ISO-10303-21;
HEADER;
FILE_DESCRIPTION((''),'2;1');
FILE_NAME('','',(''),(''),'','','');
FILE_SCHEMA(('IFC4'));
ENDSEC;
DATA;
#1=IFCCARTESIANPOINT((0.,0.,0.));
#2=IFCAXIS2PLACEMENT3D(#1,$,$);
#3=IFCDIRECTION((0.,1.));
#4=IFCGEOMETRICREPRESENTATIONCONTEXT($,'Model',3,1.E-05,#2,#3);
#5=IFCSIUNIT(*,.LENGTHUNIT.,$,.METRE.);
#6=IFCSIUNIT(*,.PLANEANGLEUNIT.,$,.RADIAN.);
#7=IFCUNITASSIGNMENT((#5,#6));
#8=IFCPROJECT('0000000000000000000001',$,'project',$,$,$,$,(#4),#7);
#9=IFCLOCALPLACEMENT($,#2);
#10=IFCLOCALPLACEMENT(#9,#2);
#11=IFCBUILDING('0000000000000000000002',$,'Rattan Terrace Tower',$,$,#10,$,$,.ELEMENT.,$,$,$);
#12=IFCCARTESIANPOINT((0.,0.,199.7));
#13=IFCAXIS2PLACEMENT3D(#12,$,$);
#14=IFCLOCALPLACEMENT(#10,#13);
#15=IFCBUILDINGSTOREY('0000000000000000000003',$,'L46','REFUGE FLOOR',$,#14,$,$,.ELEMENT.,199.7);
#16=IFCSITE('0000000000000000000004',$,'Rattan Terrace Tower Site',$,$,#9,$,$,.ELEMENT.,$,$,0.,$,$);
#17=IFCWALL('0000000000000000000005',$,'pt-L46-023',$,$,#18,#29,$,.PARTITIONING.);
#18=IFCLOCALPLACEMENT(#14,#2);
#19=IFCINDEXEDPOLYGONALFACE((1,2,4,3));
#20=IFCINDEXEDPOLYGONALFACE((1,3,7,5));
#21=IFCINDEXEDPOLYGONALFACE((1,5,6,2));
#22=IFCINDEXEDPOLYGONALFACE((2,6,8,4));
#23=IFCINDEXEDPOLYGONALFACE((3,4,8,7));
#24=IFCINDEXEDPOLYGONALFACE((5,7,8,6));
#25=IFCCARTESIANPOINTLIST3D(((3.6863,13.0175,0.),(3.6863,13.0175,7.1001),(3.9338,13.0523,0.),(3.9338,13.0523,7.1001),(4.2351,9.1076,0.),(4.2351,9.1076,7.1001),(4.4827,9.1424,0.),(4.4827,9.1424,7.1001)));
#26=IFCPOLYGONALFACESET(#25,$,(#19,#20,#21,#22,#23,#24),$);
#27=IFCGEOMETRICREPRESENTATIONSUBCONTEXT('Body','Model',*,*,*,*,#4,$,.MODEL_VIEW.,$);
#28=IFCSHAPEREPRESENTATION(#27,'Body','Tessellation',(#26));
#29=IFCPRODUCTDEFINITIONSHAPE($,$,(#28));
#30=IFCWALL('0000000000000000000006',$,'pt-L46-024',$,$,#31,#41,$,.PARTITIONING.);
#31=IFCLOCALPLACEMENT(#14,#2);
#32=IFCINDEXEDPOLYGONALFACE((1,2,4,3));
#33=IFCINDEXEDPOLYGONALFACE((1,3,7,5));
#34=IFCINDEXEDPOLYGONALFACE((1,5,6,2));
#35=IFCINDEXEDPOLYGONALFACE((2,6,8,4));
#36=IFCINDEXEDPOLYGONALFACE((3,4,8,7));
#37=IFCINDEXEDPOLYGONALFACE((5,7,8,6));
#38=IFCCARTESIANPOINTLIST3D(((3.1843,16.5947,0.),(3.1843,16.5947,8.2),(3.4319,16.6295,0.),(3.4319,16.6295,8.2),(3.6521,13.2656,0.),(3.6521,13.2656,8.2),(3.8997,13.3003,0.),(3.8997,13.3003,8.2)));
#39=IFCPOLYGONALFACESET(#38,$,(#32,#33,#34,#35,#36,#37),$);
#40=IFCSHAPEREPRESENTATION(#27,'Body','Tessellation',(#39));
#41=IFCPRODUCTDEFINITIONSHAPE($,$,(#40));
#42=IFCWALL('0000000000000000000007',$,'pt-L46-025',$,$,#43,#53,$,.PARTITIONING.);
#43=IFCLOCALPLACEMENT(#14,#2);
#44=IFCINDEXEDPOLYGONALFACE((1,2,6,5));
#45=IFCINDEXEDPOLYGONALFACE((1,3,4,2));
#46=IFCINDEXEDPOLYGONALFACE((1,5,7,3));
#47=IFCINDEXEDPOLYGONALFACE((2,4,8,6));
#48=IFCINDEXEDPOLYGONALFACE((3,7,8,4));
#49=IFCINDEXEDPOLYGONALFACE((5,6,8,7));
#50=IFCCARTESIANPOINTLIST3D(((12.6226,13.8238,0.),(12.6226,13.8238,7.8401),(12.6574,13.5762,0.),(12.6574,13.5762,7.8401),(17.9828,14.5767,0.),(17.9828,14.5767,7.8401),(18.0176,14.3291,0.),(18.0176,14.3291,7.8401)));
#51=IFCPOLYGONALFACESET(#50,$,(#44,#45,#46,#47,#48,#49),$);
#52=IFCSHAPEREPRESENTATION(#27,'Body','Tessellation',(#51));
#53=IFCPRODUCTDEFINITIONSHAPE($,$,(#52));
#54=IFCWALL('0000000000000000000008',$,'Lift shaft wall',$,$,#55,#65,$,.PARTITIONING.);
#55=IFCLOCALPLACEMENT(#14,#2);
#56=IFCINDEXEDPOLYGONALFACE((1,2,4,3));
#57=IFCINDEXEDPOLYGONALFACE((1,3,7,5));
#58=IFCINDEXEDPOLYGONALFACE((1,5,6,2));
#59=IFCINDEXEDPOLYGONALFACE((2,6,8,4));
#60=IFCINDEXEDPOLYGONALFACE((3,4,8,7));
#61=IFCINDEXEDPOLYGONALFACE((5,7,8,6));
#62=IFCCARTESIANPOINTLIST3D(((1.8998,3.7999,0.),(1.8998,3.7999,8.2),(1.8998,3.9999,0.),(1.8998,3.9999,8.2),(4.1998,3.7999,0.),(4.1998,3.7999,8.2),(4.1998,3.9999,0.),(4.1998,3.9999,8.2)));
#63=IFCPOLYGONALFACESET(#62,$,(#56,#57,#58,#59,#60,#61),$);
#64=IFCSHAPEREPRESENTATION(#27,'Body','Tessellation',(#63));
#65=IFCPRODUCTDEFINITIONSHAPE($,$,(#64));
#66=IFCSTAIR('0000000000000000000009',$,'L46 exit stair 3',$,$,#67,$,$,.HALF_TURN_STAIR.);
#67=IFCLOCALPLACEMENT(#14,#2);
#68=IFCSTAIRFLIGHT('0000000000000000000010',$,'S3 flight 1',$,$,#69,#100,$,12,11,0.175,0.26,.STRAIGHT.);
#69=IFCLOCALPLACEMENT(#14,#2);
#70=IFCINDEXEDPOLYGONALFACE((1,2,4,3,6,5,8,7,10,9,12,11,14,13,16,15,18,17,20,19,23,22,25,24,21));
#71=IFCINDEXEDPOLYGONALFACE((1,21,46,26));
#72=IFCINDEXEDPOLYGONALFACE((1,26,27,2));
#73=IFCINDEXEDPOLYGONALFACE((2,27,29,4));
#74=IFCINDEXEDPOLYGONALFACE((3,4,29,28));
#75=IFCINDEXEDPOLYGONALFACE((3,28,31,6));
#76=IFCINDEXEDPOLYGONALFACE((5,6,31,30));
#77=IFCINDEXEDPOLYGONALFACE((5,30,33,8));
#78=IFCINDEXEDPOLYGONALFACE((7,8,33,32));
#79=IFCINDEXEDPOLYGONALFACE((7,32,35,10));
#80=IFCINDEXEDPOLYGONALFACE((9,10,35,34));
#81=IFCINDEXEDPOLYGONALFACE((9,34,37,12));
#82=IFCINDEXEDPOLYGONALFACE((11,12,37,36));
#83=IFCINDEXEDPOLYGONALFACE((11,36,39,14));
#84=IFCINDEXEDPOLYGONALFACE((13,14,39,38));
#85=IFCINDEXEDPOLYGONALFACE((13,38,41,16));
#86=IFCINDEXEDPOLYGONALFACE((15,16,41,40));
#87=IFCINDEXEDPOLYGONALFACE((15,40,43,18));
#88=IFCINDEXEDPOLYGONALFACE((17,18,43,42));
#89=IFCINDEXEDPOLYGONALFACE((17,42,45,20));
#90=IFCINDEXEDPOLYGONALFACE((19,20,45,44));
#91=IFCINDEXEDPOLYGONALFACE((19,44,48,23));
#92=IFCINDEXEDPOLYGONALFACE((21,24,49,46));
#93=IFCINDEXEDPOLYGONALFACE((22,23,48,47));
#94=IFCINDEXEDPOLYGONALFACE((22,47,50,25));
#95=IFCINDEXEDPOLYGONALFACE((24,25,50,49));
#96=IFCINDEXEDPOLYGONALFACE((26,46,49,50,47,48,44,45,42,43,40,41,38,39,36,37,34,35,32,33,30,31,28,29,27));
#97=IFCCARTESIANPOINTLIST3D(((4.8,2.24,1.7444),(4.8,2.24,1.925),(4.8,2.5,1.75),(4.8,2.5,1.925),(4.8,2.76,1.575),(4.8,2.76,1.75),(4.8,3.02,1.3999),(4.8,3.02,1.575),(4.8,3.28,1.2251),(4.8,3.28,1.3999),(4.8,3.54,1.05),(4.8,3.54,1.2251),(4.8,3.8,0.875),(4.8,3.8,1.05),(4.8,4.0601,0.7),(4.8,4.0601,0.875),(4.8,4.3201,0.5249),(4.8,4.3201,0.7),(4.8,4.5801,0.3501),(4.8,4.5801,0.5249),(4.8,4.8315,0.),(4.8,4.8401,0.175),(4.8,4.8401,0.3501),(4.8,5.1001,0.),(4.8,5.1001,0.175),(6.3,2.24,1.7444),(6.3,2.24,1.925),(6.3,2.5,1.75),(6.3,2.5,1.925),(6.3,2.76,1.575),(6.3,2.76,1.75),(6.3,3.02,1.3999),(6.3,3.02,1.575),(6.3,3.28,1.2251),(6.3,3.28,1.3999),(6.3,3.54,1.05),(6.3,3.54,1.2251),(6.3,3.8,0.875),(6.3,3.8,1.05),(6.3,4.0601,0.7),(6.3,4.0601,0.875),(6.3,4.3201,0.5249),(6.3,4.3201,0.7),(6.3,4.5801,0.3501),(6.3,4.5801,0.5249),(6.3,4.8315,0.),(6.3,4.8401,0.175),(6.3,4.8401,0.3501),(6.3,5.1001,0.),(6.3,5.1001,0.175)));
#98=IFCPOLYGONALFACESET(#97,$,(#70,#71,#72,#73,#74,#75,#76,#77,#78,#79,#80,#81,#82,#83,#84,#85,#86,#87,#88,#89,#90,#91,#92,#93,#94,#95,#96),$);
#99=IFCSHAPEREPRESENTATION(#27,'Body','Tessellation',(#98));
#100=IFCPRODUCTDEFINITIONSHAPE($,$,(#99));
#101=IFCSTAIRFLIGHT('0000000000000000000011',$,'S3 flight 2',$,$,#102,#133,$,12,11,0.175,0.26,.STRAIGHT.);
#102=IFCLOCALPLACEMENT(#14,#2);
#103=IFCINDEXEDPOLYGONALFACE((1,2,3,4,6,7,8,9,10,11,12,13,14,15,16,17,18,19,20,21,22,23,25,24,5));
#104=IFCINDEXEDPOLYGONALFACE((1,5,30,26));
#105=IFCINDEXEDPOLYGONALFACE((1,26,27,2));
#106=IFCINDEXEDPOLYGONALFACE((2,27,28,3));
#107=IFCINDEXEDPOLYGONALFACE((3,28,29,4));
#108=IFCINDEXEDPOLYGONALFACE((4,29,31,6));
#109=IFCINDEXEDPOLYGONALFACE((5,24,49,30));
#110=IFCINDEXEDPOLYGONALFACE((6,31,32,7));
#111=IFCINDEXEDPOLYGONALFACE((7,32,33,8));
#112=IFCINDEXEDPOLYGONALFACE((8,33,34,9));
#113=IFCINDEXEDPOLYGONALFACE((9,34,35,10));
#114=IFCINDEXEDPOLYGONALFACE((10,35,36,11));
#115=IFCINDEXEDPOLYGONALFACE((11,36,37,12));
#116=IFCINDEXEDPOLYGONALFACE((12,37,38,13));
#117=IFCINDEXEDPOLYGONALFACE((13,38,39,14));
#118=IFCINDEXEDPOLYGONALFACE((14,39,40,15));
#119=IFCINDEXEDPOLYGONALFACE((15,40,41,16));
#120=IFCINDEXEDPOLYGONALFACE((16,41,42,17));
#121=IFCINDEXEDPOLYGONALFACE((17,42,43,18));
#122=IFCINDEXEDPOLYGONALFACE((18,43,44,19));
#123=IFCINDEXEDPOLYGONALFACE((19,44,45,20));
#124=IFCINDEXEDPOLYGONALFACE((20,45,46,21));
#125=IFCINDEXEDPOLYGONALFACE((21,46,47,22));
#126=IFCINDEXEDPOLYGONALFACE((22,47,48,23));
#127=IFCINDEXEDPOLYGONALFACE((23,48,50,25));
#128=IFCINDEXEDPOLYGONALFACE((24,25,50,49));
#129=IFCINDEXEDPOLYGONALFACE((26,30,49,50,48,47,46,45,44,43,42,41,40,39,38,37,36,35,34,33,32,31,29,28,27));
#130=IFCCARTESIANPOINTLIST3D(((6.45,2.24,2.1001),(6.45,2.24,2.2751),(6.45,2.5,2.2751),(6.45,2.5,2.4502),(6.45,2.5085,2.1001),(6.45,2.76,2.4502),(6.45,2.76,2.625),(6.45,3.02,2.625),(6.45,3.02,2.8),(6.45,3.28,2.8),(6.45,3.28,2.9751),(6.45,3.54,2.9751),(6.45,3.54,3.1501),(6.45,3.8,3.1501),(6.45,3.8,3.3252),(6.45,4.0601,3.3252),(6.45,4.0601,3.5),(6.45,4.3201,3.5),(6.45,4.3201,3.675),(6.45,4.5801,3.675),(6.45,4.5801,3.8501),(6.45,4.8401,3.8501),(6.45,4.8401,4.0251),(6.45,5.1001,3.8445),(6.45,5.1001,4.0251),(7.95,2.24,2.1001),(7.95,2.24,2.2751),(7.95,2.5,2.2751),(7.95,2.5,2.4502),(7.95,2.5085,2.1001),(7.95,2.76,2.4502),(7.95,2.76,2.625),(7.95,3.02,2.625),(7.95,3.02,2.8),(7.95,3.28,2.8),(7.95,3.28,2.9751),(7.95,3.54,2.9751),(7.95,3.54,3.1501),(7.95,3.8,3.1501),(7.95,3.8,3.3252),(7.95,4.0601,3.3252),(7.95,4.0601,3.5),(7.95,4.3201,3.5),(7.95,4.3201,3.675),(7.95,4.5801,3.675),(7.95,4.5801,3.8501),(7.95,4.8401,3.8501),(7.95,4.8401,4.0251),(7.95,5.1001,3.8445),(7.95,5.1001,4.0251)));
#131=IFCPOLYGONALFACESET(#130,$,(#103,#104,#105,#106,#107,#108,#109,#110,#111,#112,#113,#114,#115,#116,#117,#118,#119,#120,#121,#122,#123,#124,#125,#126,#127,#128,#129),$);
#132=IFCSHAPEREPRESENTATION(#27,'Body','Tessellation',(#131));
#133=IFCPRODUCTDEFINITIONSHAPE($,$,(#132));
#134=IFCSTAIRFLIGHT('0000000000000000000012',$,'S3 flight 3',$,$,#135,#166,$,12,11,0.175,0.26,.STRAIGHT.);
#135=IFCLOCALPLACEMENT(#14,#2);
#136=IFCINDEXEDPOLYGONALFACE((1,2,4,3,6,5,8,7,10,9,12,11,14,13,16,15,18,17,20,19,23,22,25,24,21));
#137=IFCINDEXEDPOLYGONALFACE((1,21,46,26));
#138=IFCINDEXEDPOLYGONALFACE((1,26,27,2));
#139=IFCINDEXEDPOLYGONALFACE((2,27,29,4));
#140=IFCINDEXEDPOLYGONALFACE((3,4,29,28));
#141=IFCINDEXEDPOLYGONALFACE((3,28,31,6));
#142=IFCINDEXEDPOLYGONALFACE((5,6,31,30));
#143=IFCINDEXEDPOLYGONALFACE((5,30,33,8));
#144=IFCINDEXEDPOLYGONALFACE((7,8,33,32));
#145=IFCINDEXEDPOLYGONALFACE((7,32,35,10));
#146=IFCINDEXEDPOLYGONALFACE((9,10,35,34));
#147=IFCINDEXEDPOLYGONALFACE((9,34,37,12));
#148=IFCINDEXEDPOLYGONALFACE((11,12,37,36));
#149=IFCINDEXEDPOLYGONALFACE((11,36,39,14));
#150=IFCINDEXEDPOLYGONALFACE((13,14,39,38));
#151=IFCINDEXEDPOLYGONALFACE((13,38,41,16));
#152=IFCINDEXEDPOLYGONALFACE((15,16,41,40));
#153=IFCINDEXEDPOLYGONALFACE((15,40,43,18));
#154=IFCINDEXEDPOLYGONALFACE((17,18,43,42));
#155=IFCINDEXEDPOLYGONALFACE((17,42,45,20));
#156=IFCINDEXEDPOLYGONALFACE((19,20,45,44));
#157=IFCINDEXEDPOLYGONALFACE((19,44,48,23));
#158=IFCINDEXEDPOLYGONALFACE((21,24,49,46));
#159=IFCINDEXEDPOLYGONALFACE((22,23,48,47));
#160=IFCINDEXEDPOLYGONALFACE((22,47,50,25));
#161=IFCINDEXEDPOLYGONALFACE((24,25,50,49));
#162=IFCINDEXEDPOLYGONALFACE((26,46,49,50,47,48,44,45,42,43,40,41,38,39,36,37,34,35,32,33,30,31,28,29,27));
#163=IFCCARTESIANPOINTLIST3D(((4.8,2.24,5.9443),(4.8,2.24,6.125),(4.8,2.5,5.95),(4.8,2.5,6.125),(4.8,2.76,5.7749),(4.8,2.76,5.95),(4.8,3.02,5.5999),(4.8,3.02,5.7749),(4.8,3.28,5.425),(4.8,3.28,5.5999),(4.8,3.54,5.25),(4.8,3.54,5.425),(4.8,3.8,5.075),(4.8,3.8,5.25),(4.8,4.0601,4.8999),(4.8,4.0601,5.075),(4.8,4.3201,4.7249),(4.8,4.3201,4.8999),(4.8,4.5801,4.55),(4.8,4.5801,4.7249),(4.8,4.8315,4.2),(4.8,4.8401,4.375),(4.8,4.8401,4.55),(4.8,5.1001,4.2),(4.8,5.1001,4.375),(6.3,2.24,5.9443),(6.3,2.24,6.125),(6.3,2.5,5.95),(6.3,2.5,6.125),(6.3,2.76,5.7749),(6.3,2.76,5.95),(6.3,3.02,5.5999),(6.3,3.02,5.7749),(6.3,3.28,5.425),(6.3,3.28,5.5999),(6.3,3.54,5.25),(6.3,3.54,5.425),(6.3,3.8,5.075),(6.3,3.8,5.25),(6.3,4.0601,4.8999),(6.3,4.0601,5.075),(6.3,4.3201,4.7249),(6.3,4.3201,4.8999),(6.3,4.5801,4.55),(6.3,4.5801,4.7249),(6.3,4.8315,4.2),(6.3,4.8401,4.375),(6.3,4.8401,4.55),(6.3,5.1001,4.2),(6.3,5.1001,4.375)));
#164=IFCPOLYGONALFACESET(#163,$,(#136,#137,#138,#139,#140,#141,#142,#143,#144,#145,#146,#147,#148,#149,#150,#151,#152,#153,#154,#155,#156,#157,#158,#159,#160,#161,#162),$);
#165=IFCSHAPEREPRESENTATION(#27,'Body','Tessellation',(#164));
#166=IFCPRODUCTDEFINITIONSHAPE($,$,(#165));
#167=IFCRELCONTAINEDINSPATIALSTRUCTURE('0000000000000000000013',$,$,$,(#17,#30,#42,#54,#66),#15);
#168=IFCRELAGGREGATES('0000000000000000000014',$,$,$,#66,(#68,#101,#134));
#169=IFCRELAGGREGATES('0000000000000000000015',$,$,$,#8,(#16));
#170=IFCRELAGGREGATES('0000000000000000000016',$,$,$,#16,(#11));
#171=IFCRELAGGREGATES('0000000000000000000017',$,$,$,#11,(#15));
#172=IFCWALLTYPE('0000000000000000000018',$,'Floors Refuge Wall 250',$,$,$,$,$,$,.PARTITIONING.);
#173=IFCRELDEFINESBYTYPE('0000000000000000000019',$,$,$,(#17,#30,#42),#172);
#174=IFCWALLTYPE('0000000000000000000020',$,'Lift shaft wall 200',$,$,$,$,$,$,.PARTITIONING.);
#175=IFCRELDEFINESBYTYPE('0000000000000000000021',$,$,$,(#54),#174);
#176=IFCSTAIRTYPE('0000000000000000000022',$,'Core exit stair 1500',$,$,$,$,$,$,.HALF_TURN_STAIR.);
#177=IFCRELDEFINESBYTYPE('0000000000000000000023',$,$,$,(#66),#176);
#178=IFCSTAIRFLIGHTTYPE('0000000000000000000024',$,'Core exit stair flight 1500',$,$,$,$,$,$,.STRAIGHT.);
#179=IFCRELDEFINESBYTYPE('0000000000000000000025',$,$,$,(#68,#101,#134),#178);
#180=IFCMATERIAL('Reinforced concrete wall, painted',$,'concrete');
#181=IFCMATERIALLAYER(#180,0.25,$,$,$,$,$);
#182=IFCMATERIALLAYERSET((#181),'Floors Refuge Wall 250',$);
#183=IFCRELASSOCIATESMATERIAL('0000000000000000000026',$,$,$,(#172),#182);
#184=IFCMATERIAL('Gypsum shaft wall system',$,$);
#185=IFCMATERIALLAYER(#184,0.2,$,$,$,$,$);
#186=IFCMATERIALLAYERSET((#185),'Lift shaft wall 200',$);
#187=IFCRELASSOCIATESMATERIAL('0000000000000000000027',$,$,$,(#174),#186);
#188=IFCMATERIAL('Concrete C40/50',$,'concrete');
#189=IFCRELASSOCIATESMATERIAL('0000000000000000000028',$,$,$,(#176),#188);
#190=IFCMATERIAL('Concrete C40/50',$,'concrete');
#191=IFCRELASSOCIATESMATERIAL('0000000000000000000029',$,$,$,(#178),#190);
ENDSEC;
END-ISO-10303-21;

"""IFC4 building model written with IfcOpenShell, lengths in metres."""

from ifc_helpers import new_model, si_unit, direction, frame, frame_2d, origin, place, context, subcontext, project, spatial, polyline, rectangle, outline, extrude, material, layer, layer_set, type_object, element, aggregate, save


model = new_model("IFC4")

# Units and contexts
model_context = context("Model", 3, precision=1e-05, world=origin(), true_north=direction((0.0, 1.0)))
body_context = subcontext(model_context, "Body", "Model", "MODEL_VIEW")
ifc_project = project(units=[si_unit("LENGTHUNIT", "METRE"), si_unit("PLANEANGLEUNIT", "RADIAN")], contexts=[model_context])

# Site, building, storey
site_placement = place(None, origin())
site = spatial("IfcSite", under=ifc_project, at=site_placement, Name="Rattan Terrace Tower Site", CompositionType="ELEMENT", RefElevation=0.0)
building_placement = place(site_placement, origin())
building = spatial("IfcBuilding", under=site, at=building_placement, Name="Rattan Terrace Tower", CompositionType="ELEMENT")
storey_placement = place(building_placement, frame((0.0, 0.0, 199.7)))
storey = spatial("IfcBuildingStorey", under=building, at=storey_placement, Name="L46", Description="REFUGE FLOOR", CompositionType="ELEMENT", Elevation=199.7)

# Shared definitions
ifc_material_1 = material(Name="Reinforced concrete wall, painted", Category="concrete")
ifc_layer_1 = layer(ifc_material_1, 0.25)
ifc_layer_set_1 = layer_set([ifc_layer_1], Name="Floors Refuge Wall 250")
wall_type_1 = type_object("IfcWallType", Name="Floors Refuge Wall 250", PredefinedType="PARTITIONING", material=ifc_layer_set_1)

# Walls
wall_1_placement = place(storey_placement, frame((3.8101, 13.0349, 0.0), z_axis=(0.0, 0.0, 1.0), x_axis=(0.139006, -0.990292, 0.0)))
element("IfcWall", 1, at=wall_1_placement, inside=storey, type_object=wall_type_1, Name="pt-L46-023", PredefinedType="PARTITIONING", context=body_context, shape_type="SweptSolid", body=[
    extrude(rectangle(XDim=3.9482, YDim=0.25, at=frame_2d((1.9741, 0.0))), origin(), (0.0, 0.0, 1.0), 7.1001),
])
wall_2_placement = place(storey_placement, frame((3.3081, 16.6121, 0.0), z_axis=(0.0, 0.0, 1.0), x_axis=(0.139144, -0.990272, 0.0)))
element("IfcWall", 2, at=wall_2_placement, inside=storey, type_object=wall_type_1, Name="pt-L46-024", PredefinedType="PARTITIONING", context=body_context, shape_type="SweptSolid", body=[
    extrude(rectangle(XDim=3.3618, YDim=0.25, at=frame_2d((1.6809, 0.0))), origin(), (0.0, 0.0, 1.0), 8.2),
])
wall_3_placement = place(storey_placement, frame((12.6399, 13.7, 0.0), z_axis=(0.0, 0.0, 1.0), x_axis=(0.990278, 0.139103, 0.0)))
element("IfcWall", 3, at=wall_3_placement, inside=storey, type_object=wall_type_1, Name="pt-L46-025", PredefinedType="PARTITIONING", context=body_context, shape_type="SweptSolid", body=[
    extrude(rectangle(XDim=5.4128, YDim=0.25, at=frame_2d((2.7065, 0.0))), origin(), (0.0, 0.0, 1.0), 7.8401),
])
ifc_material_2 = material(Name="Gypsum shaft wall system")
ifc_layer_2 = layer(ifc_material_2, 0.2)
ifc_layer_set_2 = layer_set([ifc_layer_2], Name="Lift shaft wall 200")
wall_type_2 = type_object("IfcWallType", Name="Lift shaft wall 200", PredefinedType="PARTITIONING", material=ifc_layer_set_2)
wall_4_placement = place(storey_placement, frame((1.8999, 3.8999, 0.0), z_axis=(0.0, 0.0, 1.0), x_axis=(1.0, 0.0, 0.0)))
element("IfcWall", 4, at=wall_4_placement, inside=storey, type_object=wall_type_2, Name="Lift shaft wall", PredefinedType="PARTITIONING", context=body_context, shape_type="SweptSolid", body=[
    extrude(rectangle(XDim=2.3, YDim=0.2, at=frame_2d((1.1499, 0.0))), origin(), (0.0, 0.0, 1.0), 8.2),
])

# Stair, stair flights
ifc_material_3 = material(Name="Concrete C40/50", Category="concrete")
stair_type = type_object("IfcStairType", Name="Core exit stair 1500", PredefinedType="HALF_TURN_STAIR", material=ifc_material_3)
stair_placement = place(storey_placement, origin())
stair = element("IfcStair", 5, at=stair_placement, inside=storey, type_object=stair_type, Name="L46 exit stair 3", PredefinedType="HALF_TURN_STAIR")
ifc_material_4 = material(Name="Concrete C40/50", Category="concrete")
stair_flight_type = type_object("IfcStairFlightType", Name="Core exit stair flight 1500", PredefinedType="STRAIGHT", material=ifc_material_4)
stair_flight_1_placement = place(storey_placement, frame((5.55, 5.1001, 0.0), z_axis=(0.0, 0.0, 1.0), x_axis=(0.0, -1.0, 0.0)))
stair_flight_1 = element("IfcStairFlight", 6, at=stair_flight_1_placement, type_object=stair_flight_type, Name="S3 flight 1", NumberOfRisers=12, NumberOfTreads=11, PredefinedType="STRAIGHT", RiserHeight=0.175, TreadLength=0.26, context=body_context, shape_type="SweptSolid", body=[
    extrude(outline(polyline([(0.0, 0.0), (0.0, 0.175), (0.26, 0.175), (0.26, 0.3501), (0.52, 0.3501), (0.52, 0.5249), (0.78, 0.5249), (0.78, 0.7), (1.04, 0.7), (1.04, 0.875), (1.3, 0.875), (1.3, 1.05), (1.5601, 1.05), (1.5601, 1.2251), (1.8201, 1.2251), (1.8201, 1.3999), (2.0801, 1.3999), (2.0801, 1.575), (2.3401, 1.575), (2.3401, 1.75), (2.6001, 1.75), (2.6001, 1.925), (2.8601, 1.925), (2.8601, 2.1001), (2.8601, 1.7444), (0.2686, 0.0), (0.0, 0.0)])), frame((0.0, 0.75, 0.0), z_axis=(0.0, -1.0, 0.0), x_axis=(1.0, 0.0, 0.0)), (0.0, 0.0, 1.0), 1.5),
])
stair_flight_2_placement = place(storey_placement, frame((7.2, 2.24, 2.1001), z_axis=(0.0, 0.0, 1.0), x_axis=(0.0, 1.0, 0.0)))
stair_flight_2 = element("IfcStairFlight", 7, at=stair_flight_2_placement, type_object=stair_flight_type, Name="S3 flight 2", NumberOfRisers=12, NumberOfTreads=11, PredefinedType="STRAIGHT", RiserHeight=0.175, TreadLength=0.26, context=body_context, shape_type="SweptSolid", body=[
    extrude(outline(polyline([(0.0, 0.0), (0.0, 0.175), (0.26, 0.175), (0.26, 0.3501), (0.52, 0.3501), (0.52, 0.5249), (0.78, 0.5249), (0.78, 0.7), (1.04, 0.7), (1.04, 0.875), (1.3, 0.875), (1.3, 1.05), (1.5601, 1.05), (1.5601, 1.2251), (1.8201, 1.2251), (1.8201, 1.3999), (2.0801, 1.3999), (2.0801, 1.575), (2.3401, 1.575), (2.3401, 1.75), (2.6001, 1.75), (2.6001, 1.925), (2.8601, 1.925), (2.8601, 2.1001), (2.8601, 1.7444), (0.2686, 0.0), (0.0, 0.0)])), frame((0.0, 0.75, 0.0), z_axis=(0.0, -1.0, 0.0), x_axis=(1.0, 0.0, 0.0)), (0.0, 0.0, 1.0), 1.5),
])
stair_flight_3_placement = place(storey_placement, frame((5.55, 5.1001, 4.2), z_axis=(0.0, 0.0, 1.0), x_axis=(0.0, -1.0, 0.0)))
stair_flight_3 = element("IfcStairFlight", 8, at=stair_flight_3_placement, type_object=stair_flight_type, Name="S3 flight 3", NumberOfRisers=12, NumberOfTreads=11, PredefinedType="STRAIGHT", RiserHeight=0.175, TreadLength=0.26, context=body_context, shape_type="SweptSolid", body=[
    extrude(outline(polyline([(0.0, 0.0), (0.0, 0.175), (0.26, 0.175), (0.26, 0.3501), (0.52, 0.3501), (0.52, 0.5249), (0.78, 0.5249), (0.78, 0.7), (1.04, 0.7), (1.04, 0.875), (1.3, 0.875), (1.3, 1.05), (1.5601, 1.05), (1.5601, 1.2251), (1.8201, 1.2251), (1.8201, 1.3999), (2.0801, 1.3999), (2.0801, 1.575), (2.3401, 1.575), (2.3401, 1.75), (2.6001, 1.75), (2.6001, 1.925), (2.8601, 1.925), (2.8601, 2.1001), (2.8601, 1.7444), (0.2686, 0.0), (0.0, 0.0)])), frame((0.0, 0.75, 0.0), z_axis=(0.0, -1.0, 0.0), x_axis=(1.0, 0.0, 0.0)), (0.0, 0.0, 1.0), 1.5),
])
aggregate(stair, [stair_flight_1, stair_flight_2, stair_flight_3])

save(model, "model.ifc")
